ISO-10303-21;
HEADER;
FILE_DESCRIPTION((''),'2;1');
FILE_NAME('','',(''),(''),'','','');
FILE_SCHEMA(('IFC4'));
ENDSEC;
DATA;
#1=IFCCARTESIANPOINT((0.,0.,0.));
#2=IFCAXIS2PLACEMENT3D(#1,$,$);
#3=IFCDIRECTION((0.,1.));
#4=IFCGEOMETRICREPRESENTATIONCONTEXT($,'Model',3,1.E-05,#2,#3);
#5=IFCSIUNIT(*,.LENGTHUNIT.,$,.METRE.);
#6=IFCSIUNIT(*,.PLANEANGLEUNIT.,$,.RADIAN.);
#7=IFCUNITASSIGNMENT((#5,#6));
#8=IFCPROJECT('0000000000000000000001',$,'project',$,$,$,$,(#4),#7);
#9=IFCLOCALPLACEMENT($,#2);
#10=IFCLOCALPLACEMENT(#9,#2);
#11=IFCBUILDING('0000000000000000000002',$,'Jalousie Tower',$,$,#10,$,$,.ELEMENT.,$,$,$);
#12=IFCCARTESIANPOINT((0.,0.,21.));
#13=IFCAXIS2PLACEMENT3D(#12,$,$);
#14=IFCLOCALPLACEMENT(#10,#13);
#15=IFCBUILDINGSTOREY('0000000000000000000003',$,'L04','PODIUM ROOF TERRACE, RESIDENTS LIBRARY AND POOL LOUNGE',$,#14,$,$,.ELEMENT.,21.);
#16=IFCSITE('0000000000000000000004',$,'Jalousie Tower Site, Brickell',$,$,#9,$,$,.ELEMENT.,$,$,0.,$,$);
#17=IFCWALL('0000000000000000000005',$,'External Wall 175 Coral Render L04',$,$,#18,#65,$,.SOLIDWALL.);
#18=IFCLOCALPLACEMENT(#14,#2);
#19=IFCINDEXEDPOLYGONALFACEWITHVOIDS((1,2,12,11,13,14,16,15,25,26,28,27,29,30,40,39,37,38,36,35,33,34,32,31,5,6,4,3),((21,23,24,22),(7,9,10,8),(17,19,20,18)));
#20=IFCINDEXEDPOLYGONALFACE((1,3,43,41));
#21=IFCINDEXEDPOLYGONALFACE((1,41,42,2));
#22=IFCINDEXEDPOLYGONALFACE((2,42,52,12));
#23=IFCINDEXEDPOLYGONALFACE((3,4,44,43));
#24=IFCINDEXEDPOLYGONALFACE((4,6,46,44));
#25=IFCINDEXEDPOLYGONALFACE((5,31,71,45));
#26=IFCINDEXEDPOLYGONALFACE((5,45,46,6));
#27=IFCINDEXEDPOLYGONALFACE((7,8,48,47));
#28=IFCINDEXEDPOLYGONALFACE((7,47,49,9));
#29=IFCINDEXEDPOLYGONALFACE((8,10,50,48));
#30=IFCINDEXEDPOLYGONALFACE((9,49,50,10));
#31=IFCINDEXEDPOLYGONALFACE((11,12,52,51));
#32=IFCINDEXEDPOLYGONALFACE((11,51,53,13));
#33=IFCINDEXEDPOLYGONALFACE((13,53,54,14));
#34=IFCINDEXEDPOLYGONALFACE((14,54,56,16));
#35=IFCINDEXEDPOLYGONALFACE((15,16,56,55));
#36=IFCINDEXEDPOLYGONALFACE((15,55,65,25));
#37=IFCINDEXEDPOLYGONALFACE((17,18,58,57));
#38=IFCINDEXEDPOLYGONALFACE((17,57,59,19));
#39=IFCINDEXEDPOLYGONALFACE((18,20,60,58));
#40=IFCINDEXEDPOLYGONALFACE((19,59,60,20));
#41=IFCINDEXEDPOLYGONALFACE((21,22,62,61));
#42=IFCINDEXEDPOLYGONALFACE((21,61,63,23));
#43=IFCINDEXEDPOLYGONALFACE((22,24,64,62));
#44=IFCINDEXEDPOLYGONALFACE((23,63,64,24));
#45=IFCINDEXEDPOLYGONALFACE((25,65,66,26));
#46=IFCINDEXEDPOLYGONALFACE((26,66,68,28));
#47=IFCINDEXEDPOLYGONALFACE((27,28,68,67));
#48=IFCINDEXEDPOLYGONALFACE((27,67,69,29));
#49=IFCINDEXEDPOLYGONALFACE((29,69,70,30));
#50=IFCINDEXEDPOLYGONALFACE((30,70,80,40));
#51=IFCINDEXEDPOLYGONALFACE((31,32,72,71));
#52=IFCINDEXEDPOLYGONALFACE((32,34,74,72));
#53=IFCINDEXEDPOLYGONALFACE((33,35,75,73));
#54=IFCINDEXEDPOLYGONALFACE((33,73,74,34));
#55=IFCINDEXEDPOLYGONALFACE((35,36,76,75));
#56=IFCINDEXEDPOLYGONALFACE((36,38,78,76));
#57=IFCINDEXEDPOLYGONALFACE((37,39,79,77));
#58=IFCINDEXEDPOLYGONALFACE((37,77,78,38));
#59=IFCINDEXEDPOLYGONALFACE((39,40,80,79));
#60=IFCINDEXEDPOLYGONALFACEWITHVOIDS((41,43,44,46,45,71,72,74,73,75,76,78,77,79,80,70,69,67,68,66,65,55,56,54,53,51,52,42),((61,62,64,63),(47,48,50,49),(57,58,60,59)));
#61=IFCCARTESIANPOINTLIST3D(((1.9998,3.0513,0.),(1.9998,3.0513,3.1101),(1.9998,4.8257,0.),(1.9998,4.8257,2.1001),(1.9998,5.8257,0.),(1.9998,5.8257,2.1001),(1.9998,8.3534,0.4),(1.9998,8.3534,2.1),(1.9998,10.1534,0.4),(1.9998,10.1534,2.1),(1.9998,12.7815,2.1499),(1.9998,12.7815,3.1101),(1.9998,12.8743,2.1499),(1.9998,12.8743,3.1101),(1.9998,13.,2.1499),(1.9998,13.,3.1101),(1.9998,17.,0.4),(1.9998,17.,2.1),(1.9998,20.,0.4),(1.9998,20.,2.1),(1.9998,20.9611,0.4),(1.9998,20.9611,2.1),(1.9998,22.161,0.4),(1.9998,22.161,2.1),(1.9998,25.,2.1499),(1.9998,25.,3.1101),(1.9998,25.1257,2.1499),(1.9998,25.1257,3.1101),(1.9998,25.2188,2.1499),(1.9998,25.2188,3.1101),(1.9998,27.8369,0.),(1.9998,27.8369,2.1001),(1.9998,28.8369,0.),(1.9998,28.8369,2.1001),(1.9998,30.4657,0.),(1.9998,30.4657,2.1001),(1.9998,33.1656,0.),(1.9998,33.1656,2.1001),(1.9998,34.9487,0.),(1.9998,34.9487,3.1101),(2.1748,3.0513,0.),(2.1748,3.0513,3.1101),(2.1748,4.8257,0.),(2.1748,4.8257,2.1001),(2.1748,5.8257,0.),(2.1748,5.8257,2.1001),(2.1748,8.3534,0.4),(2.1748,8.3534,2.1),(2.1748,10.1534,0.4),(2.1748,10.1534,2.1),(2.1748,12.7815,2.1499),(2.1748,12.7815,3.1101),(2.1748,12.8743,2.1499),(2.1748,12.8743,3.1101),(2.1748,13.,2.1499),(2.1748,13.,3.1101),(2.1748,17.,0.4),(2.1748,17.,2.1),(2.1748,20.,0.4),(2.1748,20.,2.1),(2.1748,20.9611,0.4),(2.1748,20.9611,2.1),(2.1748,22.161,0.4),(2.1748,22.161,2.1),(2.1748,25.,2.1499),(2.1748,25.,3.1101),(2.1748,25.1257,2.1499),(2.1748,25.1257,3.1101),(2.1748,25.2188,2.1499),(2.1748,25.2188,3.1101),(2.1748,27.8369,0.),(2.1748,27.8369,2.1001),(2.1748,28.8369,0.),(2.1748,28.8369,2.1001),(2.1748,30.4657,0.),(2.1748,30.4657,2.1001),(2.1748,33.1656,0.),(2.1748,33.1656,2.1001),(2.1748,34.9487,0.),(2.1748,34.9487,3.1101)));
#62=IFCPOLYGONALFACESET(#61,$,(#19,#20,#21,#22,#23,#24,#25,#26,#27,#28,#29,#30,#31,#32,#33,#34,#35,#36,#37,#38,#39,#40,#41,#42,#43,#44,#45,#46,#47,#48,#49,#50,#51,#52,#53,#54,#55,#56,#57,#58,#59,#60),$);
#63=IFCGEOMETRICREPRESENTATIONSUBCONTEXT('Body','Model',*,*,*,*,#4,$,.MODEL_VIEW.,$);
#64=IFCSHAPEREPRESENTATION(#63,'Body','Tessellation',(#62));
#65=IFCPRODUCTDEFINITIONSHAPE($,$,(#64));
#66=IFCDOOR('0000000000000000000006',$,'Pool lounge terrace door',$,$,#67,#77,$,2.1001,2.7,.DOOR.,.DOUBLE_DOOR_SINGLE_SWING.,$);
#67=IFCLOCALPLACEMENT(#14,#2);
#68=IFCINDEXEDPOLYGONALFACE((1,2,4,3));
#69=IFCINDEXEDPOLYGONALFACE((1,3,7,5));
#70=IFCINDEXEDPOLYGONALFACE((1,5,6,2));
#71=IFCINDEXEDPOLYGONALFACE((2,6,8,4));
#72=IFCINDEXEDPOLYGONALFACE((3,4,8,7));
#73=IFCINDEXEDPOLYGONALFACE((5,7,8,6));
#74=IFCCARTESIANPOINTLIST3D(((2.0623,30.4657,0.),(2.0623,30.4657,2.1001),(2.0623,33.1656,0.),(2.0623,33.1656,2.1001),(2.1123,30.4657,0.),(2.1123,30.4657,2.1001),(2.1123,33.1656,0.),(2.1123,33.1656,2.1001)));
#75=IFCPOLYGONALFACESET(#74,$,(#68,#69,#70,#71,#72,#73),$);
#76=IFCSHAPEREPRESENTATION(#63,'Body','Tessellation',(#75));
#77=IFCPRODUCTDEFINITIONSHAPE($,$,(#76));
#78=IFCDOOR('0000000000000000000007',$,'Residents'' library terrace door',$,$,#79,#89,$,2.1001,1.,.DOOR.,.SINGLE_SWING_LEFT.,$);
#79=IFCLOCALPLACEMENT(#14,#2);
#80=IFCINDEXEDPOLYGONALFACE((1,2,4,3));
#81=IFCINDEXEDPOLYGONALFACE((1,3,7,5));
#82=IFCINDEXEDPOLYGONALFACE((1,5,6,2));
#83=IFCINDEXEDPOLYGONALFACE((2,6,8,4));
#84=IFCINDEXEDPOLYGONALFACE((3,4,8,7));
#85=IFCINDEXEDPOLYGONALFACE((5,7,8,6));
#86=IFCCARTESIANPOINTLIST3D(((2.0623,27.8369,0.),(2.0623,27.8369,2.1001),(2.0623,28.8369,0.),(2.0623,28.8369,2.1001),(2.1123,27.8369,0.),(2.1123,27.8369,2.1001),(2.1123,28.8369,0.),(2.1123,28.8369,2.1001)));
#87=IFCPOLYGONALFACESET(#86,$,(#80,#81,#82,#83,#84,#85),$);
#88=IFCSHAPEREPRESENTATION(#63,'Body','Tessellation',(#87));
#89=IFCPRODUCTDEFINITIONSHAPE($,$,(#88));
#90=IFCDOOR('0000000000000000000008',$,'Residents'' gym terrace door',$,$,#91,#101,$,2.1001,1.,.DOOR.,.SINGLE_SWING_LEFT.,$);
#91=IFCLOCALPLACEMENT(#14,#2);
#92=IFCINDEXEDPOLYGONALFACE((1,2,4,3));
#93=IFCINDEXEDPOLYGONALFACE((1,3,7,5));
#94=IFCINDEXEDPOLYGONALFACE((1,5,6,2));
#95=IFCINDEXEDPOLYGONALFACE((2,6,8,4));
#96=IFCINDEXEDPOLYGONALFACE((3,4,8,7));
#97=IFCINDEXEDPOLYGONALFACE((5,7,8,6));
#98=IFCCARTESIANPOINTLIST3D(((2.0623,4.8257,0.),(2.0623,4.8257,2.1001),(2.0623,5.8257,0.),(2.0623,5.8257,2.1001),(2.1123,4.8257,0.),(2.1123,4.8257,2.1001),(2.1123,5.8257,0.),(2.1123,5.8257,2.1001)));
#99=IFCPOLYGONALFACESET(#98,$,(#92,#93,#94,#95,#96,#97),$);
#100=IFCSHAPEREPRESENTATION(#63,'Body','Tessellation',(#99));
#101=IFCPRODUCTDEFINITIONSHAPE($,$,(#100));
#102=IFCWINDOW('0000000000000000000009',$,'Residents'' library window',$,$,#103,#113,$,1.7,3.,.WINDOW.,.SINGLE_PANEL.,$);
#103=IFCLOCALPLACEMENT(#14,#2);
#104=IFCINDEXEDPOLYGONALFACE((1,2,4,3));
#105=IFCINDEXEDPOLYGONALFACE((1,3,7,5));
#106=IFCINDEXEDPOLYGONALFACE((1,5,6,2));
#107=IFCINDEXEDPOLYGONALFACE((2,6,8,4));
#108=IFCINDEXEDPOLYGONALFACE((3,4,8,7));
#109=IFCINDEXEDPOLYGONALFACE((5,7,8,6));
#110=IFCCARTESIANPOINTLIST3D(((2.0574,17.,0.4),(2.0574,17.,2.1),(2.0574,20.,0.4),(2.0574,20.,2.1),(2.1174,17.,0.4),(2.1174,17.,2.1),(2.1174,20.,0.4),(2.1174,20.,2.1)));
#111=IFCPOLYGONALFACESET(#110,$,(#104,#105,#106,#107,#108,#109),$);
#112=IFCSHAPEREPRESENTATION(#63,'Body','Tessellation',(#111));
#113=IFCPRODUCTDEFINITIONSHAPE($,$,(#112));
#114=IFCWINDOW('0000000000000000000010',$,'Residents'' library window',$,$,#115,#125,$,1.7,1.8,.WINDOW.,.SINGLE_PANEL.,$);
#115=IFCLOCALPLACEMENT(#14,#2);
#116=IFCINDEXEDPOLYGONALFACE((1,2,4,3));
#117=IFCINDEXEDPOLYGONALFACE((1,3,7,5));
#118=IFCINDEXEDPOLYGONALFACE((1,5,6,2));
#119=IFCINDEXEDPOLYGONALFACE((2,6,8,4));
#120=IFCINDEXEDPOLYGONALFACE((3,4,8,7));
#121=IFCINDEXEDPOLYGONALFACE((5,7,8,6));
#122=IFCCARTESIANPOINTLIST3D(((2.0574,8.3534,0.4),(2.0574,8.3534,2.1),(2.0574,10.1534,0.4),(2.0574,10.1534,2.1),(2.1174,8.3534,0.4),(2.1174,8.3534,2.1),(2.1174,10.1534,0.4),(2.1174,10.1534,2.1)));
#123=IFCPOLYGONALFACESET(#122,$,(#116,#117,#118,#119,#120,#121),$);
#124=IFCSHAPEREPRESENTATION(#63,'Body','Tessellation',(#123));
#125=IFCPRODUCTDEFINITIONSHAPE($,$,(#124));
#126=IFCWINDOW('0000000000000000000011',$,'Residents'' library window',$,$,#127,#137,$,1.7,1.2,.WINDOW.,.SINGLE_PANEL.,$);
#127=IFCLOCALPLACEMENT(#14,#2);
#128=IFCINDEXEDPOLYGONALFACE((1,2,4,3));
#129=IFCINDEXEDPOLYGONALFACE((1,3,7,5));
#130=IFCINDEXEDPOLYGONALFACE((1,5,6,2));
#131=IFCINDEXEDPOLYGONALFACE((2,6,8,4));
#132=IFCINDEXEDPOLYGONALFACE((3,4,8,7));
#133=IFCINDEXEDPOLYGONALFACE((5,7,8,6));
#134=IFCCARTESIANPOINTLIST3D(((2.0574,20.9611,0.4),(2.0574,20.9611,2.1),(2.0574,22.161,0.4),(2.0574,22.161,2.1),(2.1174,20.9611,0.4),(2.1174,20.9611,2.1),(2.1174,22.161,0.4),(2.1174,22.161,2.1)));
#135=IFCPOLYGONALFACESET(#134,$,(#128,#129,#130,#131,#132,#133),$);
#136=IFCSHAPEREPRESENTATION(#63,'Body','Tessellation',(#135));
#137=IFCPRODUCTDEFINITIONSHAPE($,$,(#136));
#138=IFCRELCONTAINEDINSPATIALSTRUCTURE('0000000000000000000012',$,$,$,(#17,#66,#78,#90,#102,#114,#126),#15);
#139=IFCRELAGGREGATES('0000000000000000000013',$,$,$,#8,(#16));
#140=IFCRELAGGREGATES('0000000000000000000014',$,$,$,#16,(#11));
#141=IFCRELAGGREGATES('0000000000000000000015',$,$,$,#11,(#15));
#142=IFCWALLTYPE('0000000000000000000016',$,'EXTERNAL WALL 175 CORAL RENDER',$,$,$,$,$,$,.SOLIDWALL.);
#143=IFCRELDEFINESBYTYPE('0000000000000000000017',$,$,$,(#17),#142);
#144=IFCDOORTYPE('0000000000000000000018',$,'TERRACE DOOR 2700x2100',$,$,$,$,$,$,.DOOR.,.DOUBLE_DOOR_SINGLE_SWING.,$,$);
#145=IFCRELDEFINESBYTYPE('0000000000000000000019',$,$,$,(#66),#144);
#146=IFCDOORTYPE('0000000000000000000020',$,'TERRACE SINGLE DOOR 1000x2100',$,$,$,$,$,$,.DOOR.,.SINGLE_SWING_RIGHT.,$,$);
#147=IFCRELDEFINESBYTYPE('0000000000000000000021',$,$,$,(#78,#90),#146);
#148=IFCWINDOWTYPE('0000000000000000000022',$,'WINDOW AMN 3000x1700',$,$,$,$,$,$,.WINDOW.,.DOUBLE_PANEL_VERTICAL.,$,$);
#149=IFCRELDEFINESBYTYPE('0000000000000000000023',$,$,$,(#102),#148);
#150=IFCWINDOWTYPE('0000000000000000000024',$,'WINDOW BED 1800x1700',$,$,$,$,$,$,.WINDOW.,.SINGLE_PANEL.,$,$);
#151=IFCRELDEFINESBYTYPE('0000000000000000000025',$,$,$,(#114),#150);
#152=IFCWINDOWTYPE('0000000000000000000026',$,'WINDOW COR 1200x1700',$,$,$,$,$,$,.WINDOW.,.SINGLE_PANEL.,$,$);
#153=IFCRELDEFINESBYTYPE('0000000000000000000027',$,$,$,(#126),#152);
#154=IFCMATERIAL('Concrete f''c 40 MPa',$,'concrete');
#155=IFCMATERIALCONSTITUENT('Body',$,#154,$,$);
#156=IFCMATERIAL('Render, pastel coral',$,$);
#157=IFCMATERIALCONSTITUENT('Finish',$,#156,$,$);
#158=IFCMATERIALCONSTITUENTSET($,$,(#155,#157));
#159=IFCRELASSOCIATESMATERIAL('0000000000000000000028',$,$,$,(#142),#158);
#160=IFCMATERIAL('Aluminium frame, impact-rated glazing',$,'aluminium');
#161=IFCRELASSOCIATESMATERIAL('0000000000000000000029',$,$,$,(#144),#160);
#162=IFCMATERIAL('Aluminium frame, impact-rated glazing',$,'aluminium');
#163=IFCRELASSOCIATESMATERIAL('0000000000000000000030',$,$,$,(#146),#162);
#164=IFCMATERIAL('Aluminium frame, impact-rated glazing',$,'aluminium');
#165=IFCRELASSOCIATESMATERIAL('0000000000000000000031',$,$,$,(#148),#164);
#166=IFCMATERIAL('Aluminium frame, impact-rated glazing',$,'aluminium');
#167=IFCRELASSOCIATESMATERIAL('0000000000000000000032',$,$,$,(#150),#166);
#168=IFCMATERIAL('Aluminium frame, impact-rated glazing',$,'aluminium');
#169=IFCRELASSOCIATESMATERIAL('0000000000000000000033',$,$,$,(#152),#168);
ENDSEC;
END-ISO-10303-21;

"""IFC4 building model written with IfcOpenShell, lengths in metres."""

from ifc_helpers import new_model, si_unit, direction, frame, frame_2d, origin, place, context, subcontext, project, spatial, polyline, rectangle, outline, extrude, material, constituent, constituent_set, type_object, element, fill, save


model = new_model("IFC4")

# Units and contexts
model_context = context("Model", 3, precision=1e-05, world=origin(), true_north=direction((0.0, 1.0)))
body_context = subcontext(model_context, "Body", "Model", "MODEL_VIEW")
ifc_project = project(units=[si_unit("LENGTHUNIT", "METRE"), si_unit("PLANEANGLEUNIT", "RADIAN")], contexts=[model_context])

# Site, building, storey
site_placement = place(None, origin())
site = spatial("IfcSite", under=ifc_project, at=site_placement, Name="Jalousie Tower Site, Brickell", CompositionType="ELEMENT", RefElevation=0.0)
building_placement = place(site_placement, origin())
building = spatial("IfcBuilding", under=site, at=building_placement, Name="Jalousie Tower", CompositionType="ELEMENT")
storey_placement = place(building_placement, frame((0.0, 0.0, 21.0)))
storey = spatial("IfcBuildingStorey", under=building, at=storey_placement, Name="L04", Description="PODIUM ROOF TERRACE, RESIDENTS LIBRARY AND POOL LOUNGE", CompositionType="ELEMENT", Elevation=21.0)

# Wall, openings, doors, windows
ifc_material_1 = material(Name="Concrete f'c 40 MPa", Category="concrete")
ifc_constituent_1 = constituent(ifc_material_1, Name="Body")
ifc_material_2 = material(Name="Render, pastel coral")
ifc_constituent_2 = constituent(ifc_material_2, Name="Finish")
ifc_constituent_set_1 = constituent_set(constituents=[ifc_constituent_1, ifc_constituent_2])
wall_type_1 = type_object("IfcWallType", Name="EXTERNAL WALL 175 CORAL RENDER", PredefinedType="SOLIDWALL", material=ifc_constituent_set_1)
wall_1_placement = place(storey_placement, frame((2.0874, 34.9487, 0.0), z_axis=(0.0, 0.0, 1.0), x_axis=(0.0, -1.0, 0.0)))
wall_1 = element("IfcWall", 1, at=wall_1_placement, inside=storey, type_object=wall_type_1, Name="External Wall 175 Coral Render L04", PredefinedType="SOLIDWALL", context=body_context, shape_type="SweptSolid", body=[
    extrude(outline(polyline([(0.0, 0.0), (31.8975, 0.0), (31.8975, 3.1101), (22.1672, 3.1101), (22.1672, 2.1499), (22.0745, 2.1499), (22.0745, 3.1101), (21.9487, 3.1101), (21.9487, 2.1499), (9.9487, 2.1499), (9.9487, 3.1101), (9.823, 3.1101), (9.823, 2.1499), (9.73, 2.1499), (9.73, 3.1101), (0.0, 3.1101), (0.0, 0.0)])), frame((0.0, 0.0874, 0.0), z_axis=(0.0, -1.0, 0.0), x_axis=(1.0, 0.0, 0.0)), (0.0, 0.0, 1.0), 0.175),
])
opening_1_placement = place(wall_1_placement, frame((1.783, 0.0, 0.0)))
opening_1 = element("IfcOpeningElement", 2, at=opening_1_placement, cuts=wall_1, PredefinedType="OPENING", context=body_context, shape_type="SweptSolid", body=[
    extrude(rectangle(XDim=2.7, YDim=2.1001, at=frame_2d((1.3501, 1.05))), frame((0.0, 0.0974, 0.0), z_axis=(0.0, -1.0, 0.0), x_axis=(1.0, 0.0, 0.0)), (0.0, 0.0, 1.0), 0.1951),
])
opening_2_placement = place(wall_1_placement, frame((6.1118, 0.0, 0.0)))
opening_2 = element("IfcOpeningElement", 3, at=opening_2_placement, cuts=wall_1, PredefinedType="OPENING", context=body_context, shape_type="SweptSolid", body=[
    extrude(rectangle(XDim=1.0, YDim=2.1001, at=frame_2d((0.5, 1.05))), frame((0.0, 0.0974, 0.0), z_axis=(0.0, -1.0, 0.0), x_axis=(1.0, 0.0, 0.0)), (0.0, 0.0, 1.0), 0.1951),
])
opening_3_placement = place(wall_1_placement, frame((12.7876, 0.0, 0.3999)))
opening_3 = element("IfcOpeningElement", 4, at=opening_3_placement, cuts=wall_1, PredefinedType="OPENING", context=body_context, shape_type="SweptSolid", body=[
    extrude(rectangle(XDim=1.2, YDim=1.7, at=frame_2d((0.6001, 0.8501))), frame((0.0, 0.0974, 0.0), z_axis=(0.0, -1.0, 0.0), x_axis=(1.0, 0.0, 0.0)), (0.0, 0.0, 1.0), 0.1951),
])
opening_4_placement = place(wall_1_placement, frame((14.9487, 0.0, 0.3999)))
opening_4 = element("IfcOpeningElement", 5, at=opening_4_placement, cuts=wall_1, PredefinedType="OPENING", context=body_context, shape_type="SweptSolid", body=[
    extrude(rectangle(XDim=3.0, YDim=1.7, at=frame_2d((1.5, 0.8501))), frame((0.0, 0.0974, 0.0), z_axis=(0.0, -1.0, 0.0), x_axis=(1.0, 0.0, 0.0)), (0.0, 0.0, 1.0), 0.1951),
])
opening_5_placement = place(wall_1_placement, frame((24.7954, 0.0, 0.3999)))
opening_5 = element("IfcOpeningElement", 6, at=opening_5_placement, cuts=wall_1, PredefinedType="OPENING", context=body_context, shape_type="SweptSolid", body=[
    extrude(rectangle(XDim=1.8, YDim=1.7, at=frame_2d((0.8999, 0.8501))), frame((0.0, 0.0974, 0.0), z_axis=(0.0, -1.0, 0.0), x_axis=(1.0, 0.0, 0.0)), (0.0, 0.0, 1.0), 0.1951),
])
opening_6_placement = place(wall_1_placement, frame((29.123, 0.0, 0.0)))
opening_6 = element("IfcOpeningElement", 7, at=opening_6_placement, cuts=wall_1, PredefinedType="OPENING", context=body_context, shape_type="SweptSolid", body=[
    extrude(rectangle(XDim=1.0, YDim=2.1001, at=frame_2d((0.5, 1.05))), frame((0.0, 0.0974, 0.0), z_axis=(0.0, -1.0, 0.0), x_axis=(1.0, 0.0, 0.0)), (0.0, 0.0, 1.0), 0.1951),
])
ifc_material_3 = material(Name="Aluminium frame, impact-rated glazing", Category="aluminium")
door_type_1 = type_object("IfcDoorType", Name="TERRACE DOOR 2700x2100", OperationType="DOUBLE_DOOR_SINGLE_SWING", PredefinedType="DOOR", material=ifc_material_3)
door_1_placement = place(opening_1_placement, origin())
door_1 = element("IfcDoor", 8, at=door_1_placement, inside=storey, type_object=door_type_1, Name="Pool lounge terrace door", OperationType="DOUBLE_DOOR_SINGLE_SWING", OverallHeight=2.1001, OverallWidth=2.7, PredefinedType="DOOR", context=body_context, shape_type="SweptSolid", body=[
    extrude(rectangle(XDim=2.7, YDim=2.1001, at=frame_2d((1.3501, 1.05))), frame((0.0, 0.0249, 0.0), z_axis=(0.0, -1.0, 0.0), x_axis=(1.0, 0.0, 0.0)), (0.0, 0.0, 1.0), 0.05),
])
fill(opening_1, door_1)
ifc_material_4 = material(Name="Aluminium frame, impact-rated glazing", Category="aluminium")
door_type_2 = type_object("IfcDoorType", Name="TERRACE SINGLE DOOR 1000x2100", OperationType="SINGLE_SWING_RIGHT", PredefinedType="DOOR", material=ifc_material_4)
door_2_placement = place(opening_2_placement, origin())
door_2 = element("IfcDoor", 9, at=door_2_placement, inside=storey, type_object=door_type_2, Name="Residents' library terrace door", OperationType="SINGLE_SWING_LEFT", OverallHeight=2.1001, OverallWidth=1.0, PredefinedType="DOOR", context=body_context, shape_type="SweptSolid", body=[
    extrude(rectangle(XDim=1.0, YDim=2.1001, at=frame_2d((0.5, 1.05))), frame((0.0, 0.0249, 0.0), z_axis=(0.0, -1.0, 0.0), x_axis=(1.0, 0.0, 0.0)), (0.0, 0.0, 1.0), 0.05),
])
fill(opening_2, door_2)
door_3_placement = place(opening_6_placement, origin())
door_3 = element("IfcDoor", 10, at=door_3_placement, inside=storey, type_object=door_type_2, Name="Residents' gym terrace door", OperationType="SINGLE_SWING_LEFT", OverallHeight=2.1001, OverallWidth=1.0, PredefinedType="DOOR", context=body_context, shape_type="SweptSolid", body=[
    extrude(rectangle(XDim=1.0, YDim=2.1001, at=frame_2d((0.5, 1.05))), frame((0.0, 0.0249, 0.0), z_axis=(0.0, -1.0, 0.0), x_axis=(1.0, 0.0, 0.0)), (0.0, 0.0, 1.0), 0.05),
])
fill(opening_6, door_3)
ifc_material_5 = material(Name="Aluminium frame, impact-rated glazing", Category="aluminium")
window_type_1 = type_object("IfcWindowType", Name="WINDOW AMN 3000x1700", PartitioningType="DOUBLE_PANEL_VERTICAL", PredefinedType="WINDOW", material=ifc_material_5)
window_1_placement = place(opening_4_placement, origin())
window_1 = element("IfcWindow", 11, at=window_1_placement, inside=storey, type_object=window_type_1, Name="Residents' library window", OverallHeight=1.7, OverallWidth=3.0, PartitioningType="SINGLE_PANEL", PredefinedType="WINDOW", context=body_context, shape_type="SweptSolid", body=[
    extrude(rectangle(XDim=3.0, YDim=1.7, at=frame_2d((1.5, 0.8501))), frame((0.0, 0.03, 0.0), z_axis=(0.0, -1.0, 0.0), x_axis=(1.0, 0.0, 0.0)), (0.0, 0.0, 1.0), 0.0601),
])
fill(opening_4, window_1)
ifc_material_6 = material(Name="Aluminium frame, impact-rated glazing", Category="aluminium")
window_type_2 = type_object("IfcWindowType", Name="WINDOW BED 1800x1700", PartitioningType="SINGLE_PANEL", PredefinedType="WINDOW", material=ifc_material_6)
window_2_placement = place(opening_5_placement, origin())
window_2 = element("IfcWindow", 12, at=window_2_placement, inside=storey, type_object=window_type_2, Name="Residents' library window", OverallHeight=1.7, OverallWidth=1.8, PartitioningType="SINGLE_PANEL", PredefinedType="WINDOW", context=body_context, shape_type="SweptSolid", body=[
    extrude(rectangle(XDim=1.8, YDim=1.7, at=frame_2d((0.8999, 0.8501))), frame((0.0, 0.03, 0.0), z_axis=(0.0, -1.0, 0.0), x_axis=(1.0, 0.0, 0.0)), (0.0, 0.0, 1.0), 0.0601),
])
fill(opening_5, window_2)
ifc_material_7 = material(Name="Aluminium frame, impact-rated glazing", Category="aluminium")
window_type_3 = type_object("IfcWindowType", Name="WINDOW COR 1200x1700", PartitioningType="SINGLE_PANEL", PredefinedType="WINDOW", material=ifc_material_7)
window_3_placement = place(opening_3_placement, origin())
window_3 = element("IfcWindow", 13, at=window_3_placement, inside=storey, type_object=window_type_3, Name="Residents' library window", OverallHeight=1.7, OverallWidth=1.2, PartitioningType="SINGLE_PANEL", PredefinedType="WINDOW", context=body_context, shape_type="SweptSolid", body=[
    extrude(rectangle(XDim=1.2, YDim=1.7, at=frame_2d((0.6001, 0.8501))), frame((0.0, 0.03, 0.0), z_axis=(0.0, -1.0, 0.0), x_axis=(1.0, 0.0, 0.0)), (0.0, 0.0, 1.0), 0.0601),
])
fill(opening_3, window_3)

save(model, "model.ifc")
